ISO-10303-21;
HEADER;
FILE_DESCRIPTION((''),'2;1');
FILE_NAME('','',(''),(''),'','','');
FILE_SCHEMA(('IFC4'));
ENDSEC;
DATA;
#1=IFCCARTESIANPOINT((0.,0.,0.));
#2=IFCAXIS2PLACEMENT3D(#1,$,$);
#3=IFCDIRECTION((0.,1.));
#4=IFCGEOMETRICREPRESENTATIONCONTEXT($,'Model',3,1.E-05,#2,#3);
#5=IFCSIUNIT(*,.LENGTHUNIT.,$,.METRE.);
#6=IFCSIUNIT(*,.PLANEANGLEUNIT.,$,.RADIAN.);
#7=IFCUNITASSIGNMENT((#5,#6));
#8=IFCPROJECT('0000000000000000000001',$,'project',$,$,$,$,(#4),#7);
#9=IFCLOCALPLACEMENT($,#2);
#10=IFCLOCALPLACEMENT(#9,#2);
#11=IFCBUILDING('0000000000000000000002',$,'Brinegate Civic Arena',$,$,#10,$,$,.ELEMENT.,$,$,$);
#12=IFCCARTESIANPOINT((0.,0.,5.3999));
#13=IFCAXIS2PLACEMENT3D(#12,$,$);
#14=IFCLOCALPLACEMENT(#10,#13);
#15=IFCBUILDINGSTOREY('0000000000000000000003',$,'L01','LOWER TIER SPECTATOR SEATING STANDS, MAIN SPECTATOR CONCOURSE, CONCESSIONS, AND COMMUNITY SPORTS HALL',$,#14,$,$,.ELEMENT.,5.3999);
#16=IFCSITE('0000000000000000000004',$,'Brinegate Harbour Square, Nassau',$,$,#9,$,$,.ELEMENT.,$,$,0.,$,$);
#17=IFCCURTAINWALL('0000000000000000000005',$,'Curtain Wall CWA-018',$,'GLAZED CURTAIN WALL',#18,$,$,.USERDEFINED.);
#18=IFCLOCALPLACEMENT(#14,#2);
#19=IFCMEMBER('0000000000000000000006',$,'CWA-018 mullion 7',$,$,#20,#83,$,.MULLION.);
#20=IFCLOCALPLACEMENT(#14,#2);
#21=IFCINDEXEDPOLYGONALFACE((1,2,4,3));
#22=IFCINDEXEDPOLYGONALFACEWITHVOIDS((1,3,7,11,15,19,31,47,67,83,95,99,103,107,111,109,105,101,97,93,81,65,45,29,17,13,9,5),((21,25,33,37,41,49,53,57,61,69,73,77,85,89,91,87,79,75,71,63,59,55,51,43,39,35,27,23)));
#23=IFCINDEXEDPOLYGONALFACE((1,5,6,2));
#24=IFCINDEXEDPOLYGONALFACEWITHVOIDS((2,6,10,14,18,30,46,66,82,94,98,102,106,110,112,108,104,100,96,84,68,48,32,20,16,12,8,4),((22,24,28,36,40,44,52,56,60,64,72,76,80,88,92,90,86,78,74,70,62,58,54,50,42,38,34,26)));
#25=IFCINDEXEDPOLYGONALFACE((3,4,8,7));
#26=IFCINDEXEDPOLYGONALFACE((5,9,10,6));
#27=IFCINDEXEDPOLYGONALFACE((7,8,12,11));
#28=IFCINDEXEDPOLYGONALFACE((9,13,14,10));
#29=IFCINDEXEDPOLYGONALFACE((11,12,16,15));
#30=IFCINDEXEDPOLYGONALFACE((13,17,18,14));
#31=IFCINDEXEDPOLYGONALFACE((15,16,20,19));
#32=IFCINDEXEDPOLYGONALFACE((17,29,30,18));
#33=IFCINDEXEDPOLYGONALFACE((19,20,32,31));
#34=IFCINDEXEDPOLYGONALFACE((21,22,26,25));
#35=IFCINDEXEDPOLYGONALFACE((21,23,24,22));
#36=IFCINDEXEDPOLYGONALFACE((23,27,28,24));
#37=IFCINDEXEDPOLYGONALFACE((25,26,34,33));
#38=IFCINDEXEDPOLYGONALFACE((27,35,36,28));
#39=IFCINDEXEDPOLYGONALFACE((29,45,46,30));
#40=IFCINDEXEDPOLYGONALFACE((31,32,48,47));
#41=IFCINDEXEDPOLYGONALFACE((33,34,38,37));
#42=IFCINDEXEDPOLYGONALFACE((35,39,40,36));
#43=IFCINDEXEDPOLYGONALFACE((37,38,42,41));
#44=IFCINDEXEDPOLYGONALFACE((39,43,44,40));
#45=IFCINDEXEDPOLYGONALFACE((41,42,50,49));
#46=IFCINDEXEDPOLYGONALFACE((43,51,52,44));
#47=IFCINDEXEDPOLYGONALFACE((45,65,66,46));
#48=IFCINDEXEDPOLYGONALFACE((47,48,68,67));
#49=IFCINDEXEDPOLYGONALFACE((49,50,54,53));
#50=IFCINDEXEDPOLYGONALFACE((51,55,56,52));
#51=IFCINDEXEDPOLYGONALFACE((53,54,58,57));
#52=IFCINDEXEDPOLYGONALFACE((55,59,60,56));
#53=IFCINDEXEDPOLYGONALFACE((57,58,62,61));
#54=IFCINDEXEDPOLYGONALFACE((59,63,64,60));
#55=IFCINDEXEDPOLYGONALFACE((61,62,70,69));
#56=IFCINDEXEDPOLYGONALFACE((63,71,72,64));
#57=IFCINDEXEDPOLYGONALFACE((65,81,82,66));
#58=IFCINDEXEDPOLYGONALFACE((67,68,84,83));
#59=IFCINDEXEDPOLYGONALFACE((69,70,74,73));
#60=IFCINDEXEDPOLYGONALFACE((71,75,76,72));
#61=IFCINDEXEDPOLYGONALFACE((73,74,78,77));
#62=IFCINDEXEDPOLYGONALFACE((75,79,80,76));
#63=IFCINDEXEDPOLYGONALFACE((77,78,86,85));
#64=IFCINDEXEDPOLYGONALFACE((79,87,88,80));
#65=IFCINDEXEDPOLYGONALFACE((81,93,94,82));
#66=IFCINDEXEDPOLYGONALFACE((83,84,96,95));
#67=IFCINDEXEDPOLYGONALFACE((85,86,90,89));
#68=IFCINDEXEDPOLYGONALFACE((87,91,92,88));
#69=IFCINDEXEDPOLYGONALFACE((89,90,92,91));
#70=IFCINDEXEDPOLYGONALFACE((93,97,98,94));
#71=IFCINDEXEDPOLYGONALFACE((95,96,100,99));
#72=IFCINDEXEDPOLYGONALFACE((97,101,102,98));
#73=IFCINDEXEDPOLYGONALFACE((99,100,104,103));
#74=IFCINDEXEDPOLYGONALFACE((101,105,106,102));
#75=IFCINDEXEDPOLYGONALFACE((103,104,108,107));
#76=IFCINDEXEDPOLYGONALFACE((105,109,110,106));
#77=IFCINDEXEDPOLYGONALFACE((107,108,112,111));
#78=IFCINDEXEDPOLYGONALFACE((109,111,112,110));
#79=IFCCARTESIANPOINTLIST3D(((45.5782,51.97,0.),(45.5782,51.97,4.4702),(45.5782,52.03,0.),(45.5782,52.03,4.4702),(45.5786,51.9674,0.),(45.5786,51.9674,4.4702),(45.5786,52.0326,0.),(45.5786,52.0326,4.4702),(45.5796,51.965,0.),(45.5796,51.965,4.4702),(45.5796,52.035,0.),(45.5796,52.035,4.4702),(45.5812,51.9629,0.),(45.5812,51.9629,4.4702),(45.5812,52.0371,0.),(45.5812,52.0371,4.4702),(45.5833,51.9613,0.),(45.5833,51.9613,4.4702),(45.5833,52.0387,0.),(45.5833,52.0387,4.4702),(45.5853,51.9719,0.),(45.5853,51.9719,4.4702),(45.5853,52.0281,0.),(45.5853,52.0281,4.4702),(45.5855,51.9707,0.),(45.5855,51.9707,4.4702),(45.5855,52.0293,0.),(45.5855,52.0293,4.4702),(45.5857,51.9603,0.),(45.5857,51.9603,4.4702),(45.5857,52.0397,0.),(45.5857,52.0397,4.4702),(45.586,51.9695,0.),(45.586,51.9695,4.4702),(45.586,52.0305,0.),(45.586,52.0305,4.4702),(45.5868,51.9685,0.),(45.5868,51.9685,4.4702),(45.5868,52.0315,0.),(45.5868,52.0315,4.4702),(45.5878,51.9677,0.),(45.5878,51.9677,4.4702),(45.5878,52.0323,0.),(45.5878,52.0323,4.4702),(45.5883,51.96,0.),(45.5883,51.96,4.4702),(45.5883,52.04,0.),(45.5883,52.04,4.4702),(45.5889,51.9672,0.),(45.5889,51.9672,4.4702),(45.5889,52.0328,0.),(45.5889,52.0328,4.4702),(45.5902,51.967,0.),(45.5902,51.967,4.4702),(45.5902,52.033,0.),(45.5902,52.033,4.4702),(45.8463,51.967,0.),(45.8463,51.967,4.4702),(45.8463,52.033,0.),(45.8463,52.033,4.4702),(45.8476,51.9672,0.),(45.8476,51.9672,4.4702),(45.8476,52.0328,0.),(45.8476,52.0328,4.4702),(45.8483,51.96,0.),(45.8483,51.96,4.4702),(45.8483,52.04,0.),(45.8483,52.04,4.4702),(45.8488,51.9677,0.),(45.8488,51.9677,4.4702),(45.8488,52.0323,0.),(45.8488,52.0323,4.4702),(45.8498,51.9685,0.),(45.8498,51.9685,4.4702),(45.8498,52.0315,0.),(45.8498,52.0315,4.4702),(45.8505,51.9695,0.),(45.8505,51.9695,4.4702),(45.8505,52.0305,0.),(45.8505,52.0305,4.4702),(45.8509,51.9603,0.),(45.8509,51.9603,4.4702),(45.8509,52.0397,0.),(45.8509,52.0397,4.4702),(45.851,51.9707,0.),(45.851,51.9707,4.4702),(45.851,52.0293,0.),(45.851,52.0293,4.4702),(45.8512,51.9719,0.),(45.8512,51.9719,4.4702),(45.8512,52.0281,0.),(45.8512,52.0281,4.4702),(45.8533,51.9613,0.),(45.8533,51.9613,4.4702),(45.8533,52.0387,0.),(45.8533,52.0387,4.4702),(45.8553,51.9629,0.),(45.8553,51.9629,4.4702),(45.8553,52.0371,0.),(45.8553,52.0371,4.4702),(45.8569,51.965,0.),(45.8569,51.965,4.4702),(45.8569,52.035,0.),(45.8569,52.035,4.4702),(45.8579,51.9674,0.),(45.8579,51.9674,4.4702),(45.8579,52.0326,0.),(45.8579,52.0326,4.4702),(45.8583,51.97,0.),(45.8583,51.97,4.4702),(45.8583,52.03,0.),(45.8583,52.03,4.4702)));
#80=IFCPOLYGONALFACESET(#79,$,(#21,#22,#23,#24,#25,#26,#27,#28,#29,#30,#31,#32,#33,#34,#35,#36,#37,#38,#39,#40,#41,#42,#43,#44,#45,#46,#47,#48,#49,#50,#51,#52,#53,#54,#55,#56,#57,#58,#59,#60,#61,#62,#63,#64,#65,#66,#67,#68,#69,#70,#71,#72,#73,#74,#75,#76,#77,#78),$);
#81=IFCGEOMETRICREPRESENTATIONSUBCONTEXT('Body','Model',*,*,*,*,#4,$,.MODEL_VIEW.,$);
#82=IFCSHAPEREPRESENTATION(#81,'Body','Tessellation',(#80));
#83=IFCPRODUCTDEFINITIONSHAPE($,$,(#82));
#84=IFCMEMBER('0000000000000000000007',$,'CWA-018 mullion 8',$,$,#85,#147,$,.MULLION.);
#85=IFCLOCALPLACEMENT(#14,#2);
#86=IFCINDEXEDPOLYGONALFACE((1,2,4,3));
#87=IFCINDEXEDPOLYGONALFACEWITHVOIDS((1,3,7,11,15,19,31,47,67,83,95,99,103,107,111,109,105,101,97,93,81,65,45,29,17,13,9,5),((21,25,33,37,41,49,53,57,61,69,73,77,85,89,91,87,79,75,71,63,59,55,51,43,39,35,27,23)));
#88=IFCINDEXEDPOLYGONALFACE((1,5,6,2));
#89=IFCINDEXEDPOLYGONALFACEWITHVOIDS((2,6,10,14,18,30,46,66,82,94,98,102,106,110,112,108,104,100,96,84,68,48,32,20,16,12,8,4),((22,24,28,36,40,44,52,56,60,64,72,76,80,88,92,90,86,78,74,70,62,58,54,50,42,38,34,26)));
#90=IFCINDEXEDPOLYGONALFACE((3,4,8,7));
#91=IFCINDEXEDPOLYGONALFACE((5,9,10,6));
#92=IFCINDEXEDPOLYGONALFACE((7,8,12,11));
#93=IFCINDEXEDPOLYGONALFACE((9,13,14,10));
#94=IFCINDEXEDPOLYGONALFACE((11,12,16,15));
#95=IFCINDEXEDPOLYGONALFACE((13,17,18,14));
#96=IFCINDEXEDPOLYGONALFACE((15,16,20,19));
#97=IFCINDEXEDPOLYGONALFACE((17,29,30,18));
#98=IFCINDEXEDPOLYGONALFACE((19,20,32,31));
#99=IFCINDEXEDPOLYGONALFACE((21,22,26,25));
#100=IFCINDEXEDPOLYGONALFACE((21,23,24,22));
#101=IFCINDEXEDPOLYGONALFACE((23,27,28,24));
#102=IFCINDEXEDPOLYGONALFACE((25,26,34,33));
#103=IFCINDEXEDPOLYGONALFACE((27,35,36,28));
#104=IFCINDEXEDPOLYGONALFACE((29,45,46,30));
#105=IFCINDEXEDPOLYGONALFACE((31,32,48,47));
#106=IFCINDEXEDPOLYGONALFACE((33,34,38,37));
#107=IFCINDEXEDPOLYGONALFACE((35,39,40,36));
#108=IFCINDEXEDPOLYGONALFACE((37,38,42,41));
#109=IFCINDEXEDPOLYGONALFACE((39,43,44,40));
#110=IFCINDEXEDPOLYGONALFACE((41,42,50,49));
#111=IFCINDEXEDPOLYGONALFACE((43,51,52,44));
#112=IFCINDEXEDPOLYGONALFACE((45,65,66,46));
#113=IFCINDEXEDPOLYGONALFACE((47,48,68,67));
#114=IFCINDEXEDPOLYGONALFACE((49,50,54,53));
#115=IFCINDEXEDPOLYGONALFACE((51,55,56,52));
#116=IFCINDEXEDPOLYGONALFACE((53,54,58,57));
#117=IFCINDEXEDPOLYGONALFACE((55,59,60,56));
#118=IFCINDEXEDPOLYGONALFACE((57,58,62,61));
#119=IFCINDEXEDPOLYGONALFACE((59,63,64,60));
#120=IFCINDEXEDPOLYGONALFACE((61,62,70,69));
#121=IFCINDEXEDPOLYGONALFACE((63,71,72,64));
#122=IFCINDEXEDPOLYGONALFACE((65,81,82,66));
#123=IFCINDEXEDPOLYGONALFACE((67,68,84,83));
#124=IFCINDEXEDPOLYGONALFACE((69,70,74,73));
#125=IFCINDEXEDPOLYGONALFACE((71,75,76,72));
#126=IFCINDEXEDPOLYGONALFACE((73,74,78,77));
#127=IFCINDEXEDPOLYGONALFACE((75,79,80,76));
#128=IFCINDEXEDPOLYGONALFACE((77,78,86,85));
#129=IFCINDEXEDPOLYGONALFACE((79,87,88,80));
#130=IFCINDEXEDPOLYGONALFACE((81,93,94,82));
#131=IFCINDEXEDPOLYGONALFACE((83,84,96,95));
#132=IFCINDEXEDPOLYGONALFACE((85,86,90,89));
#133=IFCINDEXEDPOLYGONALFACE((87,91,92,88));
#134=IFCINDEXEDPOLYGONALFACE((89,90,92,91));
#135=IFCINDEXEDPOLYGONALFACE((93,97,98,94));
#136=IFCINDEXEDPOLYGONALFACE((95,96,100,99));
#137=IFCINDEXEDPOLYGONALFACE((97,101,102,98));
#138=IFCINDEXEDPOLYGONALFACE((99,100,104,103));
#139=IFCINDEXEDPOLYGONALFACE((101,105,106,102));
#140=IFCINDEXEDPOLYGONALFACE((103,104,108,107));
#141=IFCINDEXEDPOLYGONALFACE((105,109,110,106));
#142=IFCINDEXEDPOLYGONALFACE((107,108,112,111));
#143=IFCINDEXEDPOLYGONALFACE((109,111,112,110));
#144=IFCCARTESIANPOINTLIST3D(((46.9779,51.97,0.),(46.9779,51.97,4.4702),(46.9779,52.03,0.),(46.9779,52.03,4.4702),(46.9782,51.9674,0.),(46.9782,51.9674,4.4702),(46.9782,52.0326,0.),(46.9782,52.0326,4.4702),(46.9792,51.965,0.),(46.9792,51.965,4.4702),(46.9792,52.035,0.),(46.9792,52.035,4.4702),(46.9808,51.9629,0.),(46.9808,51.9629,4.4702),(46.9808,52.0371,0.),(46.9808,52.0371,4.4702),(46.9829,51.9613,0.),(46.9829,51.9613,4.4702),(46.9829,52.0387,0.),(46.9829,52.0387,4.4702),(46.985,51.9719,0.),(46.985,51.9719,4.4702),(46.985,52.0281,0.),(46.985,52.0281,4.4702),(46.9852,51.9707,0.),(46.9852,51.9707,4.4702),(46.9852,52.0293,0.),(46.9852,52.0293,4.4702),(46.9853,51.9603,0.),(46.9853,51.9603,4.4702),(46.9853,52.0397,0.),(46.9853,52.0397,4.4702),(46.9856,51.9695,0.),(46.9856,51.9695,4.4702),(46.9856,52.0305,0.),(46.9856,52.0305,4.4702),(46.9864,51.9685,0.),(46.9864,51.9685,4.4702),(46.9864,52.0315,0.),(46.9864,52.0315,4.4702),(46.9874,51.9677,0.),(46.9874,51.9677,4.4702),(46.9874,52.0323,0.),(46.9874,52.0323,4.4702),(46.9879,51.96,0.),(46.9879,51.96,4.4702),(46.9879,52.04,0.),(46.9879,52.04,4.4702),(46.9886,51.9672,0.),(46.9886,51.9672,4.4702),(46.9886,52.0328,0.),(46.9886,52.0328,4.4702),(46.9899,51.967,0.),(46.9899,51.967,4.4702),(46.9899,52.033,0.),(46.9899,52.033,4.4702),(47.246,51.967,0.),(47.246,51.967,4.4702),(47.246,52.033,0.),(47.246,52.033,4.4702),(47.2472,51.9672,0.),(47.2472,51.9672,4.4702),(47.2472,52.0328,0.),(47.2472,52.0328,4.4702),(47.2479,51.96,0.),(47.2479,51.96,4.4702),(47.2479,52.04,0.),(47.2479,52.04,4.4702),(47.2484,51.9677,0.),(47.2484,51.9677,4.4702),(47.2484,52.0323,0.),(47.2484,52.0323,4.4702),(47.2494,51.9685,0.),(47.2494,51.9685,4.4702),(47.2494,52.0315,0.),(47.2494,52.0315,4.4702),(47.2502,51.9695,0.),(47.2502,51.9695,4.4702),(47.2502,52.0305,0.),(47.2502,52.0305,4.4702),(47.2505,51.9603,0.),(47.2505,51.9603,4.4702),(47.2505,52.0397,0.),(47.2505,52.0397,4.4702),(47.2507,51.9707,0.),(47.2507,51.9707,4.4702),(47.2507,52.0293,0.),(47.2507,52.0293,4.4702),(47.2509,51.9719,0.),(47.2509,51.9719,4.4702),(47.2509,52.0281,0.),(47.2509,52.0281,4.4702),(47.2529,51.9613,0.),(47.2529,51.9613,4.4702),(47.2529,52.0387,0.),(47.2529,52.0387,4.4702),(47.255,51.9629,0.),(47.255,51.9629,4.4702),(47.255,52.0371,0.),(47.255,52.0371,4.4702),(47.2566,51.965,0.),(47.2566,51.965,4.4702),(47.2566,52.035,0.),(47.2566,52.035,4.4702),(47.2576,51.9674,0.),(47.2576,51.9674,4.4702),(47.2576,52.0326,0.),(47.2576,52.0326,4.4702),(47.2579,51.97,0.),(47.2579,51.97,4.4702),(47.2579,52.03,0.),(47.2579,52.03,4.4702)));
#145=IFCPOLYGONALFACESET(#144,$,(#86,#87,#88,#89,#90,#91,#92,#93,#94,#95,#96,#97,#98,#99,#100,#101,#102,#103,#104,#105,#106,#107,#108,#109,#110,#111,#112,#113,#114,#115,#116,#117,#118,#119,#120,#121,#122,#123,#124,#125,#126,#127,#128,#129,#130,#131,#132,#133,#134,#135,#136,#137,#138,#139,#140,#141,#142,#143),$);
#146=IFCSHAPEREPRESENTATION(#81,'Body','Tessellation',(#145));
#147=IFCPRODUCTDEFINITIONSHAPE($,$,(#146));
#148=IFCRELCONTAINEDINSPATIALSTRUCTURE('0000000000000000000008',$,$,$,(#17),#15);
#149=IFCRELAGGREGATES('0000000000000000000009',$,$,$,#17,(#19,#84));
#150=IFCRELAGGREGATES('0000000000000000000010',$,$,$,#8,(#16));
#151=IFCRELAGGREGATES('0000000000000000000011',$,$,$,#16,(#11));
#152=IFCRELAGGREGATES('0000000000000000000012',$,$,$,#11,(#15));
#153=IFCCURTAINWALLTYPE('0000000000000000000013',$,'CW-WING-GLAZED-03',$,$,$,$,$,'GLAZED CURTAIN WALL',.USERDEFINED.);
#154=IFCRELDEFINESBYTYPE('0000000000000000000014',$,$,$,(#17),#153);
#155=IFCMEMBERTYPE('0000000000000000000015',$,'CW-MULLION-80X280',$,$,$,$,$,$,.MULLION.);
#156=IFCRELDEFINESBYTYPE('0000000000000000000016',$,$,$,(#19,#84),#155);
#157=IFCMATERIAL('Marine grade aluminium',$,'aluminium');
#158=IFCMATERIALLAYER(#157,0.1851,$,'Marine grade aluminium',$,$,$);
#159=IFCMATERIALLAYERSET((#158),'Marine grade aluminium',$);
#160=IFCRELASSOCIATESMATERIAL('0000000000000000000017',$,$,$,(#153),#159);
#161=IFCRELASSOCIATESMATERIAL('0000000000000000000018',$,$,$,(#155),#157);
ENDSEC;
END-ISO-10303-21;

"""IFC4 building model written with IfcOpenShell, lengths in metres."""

from ifc_helpers import new_model, si_unit, direction, frame, origin, origin_2d, place, context, subcontext, project, spatial, hollow_rectangle, extrude, material, layer, layer_set, material_profile, profile_set, type_object, element, aggregate, save


model = new_model("IFC4")

# Units and contexts
model_context = context("Model", 3, precision=1e-05, world=origin(), true_north=direction((0.0, 1.0)))
body_context = subcontext(model_context, "Body", "Model", "MODEL_VIEW")
ifc_project = project(units=[si_unit("LENGTHUNIT", "METRE"), si_unit("PLANEANGLEUNIT", "RADIAN")], contexts=[model_context])

# Site, building, storey
site_placement = place(None, origin())
site = spatial("IfcSite", under=ifc_project, at=site_placement, Name="Brinegate Harbour Square, Nassau", CompositionType="ELEMENT", RefElevation=0.0)
building_placement = place(site_placement, origin())
building = spatial("IfcBuilding", under=site, at=building_placement, Name="Brinegate Civic Arena", CompositionType="ELEMENT")
storey_placement = place(building_placement, frame((0.0, 0.0, 5.3999)))
storey = spatial("IfcBuildingStorey", under=building, at=storey_placement, Name="L01", Description="LOWER TIER SPECTATOR SEATING STANDS, MAIN SPECTATOR CONCOURSE, CONCESSIONS, AND COMMUNITY SPORTS HALL", CompositionType="ELEMENT", Elevation=5.3999)

# Shared definitions
ifc_material_1 = material(Name="Marine grade aluminium", Category="aluminium")

# Curtain wall, members
ifc_layer_1 = layer(ifc_material_1, 0.1851, Name="Marine grade aluminium")
ifc_layer_set_1 = layer_set([ifc_layer_1], Name="Marine grade aluminium")
curtain_wall_type_1 = type_object("IfcCurtainWallType", Name="CW-WING-GLAZED-03", ElementType="GLAZED CURTAIN WALL", PredefinedType="USERDEFINED", material=ifc_layer_set_1)
curtain_wall_1_placement = place(storey_placement, origin())
curtain_wall_1 = element("IfcCurtainWall", 1, at=curtain_wall_1_placement, inside=storey, type_object=curtain_wall_type_1, Name="Curtain Wall CWA-018", ObjectType="GLAZED CURTAIN WALL", PredefinedType="USERDEFINED")
ifc_material_profile_1 = material_profile(ifc_material_1, hollow_rectangle(XDim=0.0801, YDim=0.28, WallThickness=0.0071, InnerFilletRadius=0.0049, OuterFilletRadius=0.01, at=origin_2d()), Name="MUL80X280")
ifc_profile_set_1 = profile_set([ifc_material_profile_1], Name="Marine grade aluminium")
member_type_1 = type_object("IfcMemberType", Name="CW-MULLION-80X280", PredefinedType="MULLION", material=ifc_profile_set_1)
member_1_placement = place(storey_placement, frame((45.7183, 52.0, 0.0), z_axis=(0.0, 0.0, 1.0), x_axis=(0.0, 1.0, 0.0)))
member_1 = element("IfcMember", 2, at=member_1_placement, type_object=member_type_1, Name="CWA-018 mullion 7", PredefinedType="MULLION", context=body_context, shape_type="SweptSolid", body=[
    extrude(hollow_rectangle(XDim=0.0801, YDim=0.28, WallThickness=0.0071, InnerFilletRadius=0.0049, OuterFilletRadius=0.01, at=origin_2d()), origin(), (0.0, 0.0, 1.0), 4.4702),
])
member_2_placement = place(storey_placement, frame((47.1179, 52.0, 0.0), z_axis=(0.0, 0.0, 1.0), x_axis=(0.0, 1.0, 0.0)))
member_2 = element("IfcMember", 3, at=member_2_placement, type_object=member_type_1, Name="CWA-018 mullion 8", PredefinedType="MULLION", context=body_context, shape_type="SweptSolid", body=[
    extrude(hollow_rectangle(XDim=0.0801, YDim=0.28, WallThickness=0.0071, InnerFilletRadius=0.0049, OuterFilletRadius=0.01, at=origin_2d()), origin(), (0.0, 0.0, 1.0), 4.4702),
])

aggregate(curtain_wall_1, [member_1, member_2])

save(model, "model.ifc")
